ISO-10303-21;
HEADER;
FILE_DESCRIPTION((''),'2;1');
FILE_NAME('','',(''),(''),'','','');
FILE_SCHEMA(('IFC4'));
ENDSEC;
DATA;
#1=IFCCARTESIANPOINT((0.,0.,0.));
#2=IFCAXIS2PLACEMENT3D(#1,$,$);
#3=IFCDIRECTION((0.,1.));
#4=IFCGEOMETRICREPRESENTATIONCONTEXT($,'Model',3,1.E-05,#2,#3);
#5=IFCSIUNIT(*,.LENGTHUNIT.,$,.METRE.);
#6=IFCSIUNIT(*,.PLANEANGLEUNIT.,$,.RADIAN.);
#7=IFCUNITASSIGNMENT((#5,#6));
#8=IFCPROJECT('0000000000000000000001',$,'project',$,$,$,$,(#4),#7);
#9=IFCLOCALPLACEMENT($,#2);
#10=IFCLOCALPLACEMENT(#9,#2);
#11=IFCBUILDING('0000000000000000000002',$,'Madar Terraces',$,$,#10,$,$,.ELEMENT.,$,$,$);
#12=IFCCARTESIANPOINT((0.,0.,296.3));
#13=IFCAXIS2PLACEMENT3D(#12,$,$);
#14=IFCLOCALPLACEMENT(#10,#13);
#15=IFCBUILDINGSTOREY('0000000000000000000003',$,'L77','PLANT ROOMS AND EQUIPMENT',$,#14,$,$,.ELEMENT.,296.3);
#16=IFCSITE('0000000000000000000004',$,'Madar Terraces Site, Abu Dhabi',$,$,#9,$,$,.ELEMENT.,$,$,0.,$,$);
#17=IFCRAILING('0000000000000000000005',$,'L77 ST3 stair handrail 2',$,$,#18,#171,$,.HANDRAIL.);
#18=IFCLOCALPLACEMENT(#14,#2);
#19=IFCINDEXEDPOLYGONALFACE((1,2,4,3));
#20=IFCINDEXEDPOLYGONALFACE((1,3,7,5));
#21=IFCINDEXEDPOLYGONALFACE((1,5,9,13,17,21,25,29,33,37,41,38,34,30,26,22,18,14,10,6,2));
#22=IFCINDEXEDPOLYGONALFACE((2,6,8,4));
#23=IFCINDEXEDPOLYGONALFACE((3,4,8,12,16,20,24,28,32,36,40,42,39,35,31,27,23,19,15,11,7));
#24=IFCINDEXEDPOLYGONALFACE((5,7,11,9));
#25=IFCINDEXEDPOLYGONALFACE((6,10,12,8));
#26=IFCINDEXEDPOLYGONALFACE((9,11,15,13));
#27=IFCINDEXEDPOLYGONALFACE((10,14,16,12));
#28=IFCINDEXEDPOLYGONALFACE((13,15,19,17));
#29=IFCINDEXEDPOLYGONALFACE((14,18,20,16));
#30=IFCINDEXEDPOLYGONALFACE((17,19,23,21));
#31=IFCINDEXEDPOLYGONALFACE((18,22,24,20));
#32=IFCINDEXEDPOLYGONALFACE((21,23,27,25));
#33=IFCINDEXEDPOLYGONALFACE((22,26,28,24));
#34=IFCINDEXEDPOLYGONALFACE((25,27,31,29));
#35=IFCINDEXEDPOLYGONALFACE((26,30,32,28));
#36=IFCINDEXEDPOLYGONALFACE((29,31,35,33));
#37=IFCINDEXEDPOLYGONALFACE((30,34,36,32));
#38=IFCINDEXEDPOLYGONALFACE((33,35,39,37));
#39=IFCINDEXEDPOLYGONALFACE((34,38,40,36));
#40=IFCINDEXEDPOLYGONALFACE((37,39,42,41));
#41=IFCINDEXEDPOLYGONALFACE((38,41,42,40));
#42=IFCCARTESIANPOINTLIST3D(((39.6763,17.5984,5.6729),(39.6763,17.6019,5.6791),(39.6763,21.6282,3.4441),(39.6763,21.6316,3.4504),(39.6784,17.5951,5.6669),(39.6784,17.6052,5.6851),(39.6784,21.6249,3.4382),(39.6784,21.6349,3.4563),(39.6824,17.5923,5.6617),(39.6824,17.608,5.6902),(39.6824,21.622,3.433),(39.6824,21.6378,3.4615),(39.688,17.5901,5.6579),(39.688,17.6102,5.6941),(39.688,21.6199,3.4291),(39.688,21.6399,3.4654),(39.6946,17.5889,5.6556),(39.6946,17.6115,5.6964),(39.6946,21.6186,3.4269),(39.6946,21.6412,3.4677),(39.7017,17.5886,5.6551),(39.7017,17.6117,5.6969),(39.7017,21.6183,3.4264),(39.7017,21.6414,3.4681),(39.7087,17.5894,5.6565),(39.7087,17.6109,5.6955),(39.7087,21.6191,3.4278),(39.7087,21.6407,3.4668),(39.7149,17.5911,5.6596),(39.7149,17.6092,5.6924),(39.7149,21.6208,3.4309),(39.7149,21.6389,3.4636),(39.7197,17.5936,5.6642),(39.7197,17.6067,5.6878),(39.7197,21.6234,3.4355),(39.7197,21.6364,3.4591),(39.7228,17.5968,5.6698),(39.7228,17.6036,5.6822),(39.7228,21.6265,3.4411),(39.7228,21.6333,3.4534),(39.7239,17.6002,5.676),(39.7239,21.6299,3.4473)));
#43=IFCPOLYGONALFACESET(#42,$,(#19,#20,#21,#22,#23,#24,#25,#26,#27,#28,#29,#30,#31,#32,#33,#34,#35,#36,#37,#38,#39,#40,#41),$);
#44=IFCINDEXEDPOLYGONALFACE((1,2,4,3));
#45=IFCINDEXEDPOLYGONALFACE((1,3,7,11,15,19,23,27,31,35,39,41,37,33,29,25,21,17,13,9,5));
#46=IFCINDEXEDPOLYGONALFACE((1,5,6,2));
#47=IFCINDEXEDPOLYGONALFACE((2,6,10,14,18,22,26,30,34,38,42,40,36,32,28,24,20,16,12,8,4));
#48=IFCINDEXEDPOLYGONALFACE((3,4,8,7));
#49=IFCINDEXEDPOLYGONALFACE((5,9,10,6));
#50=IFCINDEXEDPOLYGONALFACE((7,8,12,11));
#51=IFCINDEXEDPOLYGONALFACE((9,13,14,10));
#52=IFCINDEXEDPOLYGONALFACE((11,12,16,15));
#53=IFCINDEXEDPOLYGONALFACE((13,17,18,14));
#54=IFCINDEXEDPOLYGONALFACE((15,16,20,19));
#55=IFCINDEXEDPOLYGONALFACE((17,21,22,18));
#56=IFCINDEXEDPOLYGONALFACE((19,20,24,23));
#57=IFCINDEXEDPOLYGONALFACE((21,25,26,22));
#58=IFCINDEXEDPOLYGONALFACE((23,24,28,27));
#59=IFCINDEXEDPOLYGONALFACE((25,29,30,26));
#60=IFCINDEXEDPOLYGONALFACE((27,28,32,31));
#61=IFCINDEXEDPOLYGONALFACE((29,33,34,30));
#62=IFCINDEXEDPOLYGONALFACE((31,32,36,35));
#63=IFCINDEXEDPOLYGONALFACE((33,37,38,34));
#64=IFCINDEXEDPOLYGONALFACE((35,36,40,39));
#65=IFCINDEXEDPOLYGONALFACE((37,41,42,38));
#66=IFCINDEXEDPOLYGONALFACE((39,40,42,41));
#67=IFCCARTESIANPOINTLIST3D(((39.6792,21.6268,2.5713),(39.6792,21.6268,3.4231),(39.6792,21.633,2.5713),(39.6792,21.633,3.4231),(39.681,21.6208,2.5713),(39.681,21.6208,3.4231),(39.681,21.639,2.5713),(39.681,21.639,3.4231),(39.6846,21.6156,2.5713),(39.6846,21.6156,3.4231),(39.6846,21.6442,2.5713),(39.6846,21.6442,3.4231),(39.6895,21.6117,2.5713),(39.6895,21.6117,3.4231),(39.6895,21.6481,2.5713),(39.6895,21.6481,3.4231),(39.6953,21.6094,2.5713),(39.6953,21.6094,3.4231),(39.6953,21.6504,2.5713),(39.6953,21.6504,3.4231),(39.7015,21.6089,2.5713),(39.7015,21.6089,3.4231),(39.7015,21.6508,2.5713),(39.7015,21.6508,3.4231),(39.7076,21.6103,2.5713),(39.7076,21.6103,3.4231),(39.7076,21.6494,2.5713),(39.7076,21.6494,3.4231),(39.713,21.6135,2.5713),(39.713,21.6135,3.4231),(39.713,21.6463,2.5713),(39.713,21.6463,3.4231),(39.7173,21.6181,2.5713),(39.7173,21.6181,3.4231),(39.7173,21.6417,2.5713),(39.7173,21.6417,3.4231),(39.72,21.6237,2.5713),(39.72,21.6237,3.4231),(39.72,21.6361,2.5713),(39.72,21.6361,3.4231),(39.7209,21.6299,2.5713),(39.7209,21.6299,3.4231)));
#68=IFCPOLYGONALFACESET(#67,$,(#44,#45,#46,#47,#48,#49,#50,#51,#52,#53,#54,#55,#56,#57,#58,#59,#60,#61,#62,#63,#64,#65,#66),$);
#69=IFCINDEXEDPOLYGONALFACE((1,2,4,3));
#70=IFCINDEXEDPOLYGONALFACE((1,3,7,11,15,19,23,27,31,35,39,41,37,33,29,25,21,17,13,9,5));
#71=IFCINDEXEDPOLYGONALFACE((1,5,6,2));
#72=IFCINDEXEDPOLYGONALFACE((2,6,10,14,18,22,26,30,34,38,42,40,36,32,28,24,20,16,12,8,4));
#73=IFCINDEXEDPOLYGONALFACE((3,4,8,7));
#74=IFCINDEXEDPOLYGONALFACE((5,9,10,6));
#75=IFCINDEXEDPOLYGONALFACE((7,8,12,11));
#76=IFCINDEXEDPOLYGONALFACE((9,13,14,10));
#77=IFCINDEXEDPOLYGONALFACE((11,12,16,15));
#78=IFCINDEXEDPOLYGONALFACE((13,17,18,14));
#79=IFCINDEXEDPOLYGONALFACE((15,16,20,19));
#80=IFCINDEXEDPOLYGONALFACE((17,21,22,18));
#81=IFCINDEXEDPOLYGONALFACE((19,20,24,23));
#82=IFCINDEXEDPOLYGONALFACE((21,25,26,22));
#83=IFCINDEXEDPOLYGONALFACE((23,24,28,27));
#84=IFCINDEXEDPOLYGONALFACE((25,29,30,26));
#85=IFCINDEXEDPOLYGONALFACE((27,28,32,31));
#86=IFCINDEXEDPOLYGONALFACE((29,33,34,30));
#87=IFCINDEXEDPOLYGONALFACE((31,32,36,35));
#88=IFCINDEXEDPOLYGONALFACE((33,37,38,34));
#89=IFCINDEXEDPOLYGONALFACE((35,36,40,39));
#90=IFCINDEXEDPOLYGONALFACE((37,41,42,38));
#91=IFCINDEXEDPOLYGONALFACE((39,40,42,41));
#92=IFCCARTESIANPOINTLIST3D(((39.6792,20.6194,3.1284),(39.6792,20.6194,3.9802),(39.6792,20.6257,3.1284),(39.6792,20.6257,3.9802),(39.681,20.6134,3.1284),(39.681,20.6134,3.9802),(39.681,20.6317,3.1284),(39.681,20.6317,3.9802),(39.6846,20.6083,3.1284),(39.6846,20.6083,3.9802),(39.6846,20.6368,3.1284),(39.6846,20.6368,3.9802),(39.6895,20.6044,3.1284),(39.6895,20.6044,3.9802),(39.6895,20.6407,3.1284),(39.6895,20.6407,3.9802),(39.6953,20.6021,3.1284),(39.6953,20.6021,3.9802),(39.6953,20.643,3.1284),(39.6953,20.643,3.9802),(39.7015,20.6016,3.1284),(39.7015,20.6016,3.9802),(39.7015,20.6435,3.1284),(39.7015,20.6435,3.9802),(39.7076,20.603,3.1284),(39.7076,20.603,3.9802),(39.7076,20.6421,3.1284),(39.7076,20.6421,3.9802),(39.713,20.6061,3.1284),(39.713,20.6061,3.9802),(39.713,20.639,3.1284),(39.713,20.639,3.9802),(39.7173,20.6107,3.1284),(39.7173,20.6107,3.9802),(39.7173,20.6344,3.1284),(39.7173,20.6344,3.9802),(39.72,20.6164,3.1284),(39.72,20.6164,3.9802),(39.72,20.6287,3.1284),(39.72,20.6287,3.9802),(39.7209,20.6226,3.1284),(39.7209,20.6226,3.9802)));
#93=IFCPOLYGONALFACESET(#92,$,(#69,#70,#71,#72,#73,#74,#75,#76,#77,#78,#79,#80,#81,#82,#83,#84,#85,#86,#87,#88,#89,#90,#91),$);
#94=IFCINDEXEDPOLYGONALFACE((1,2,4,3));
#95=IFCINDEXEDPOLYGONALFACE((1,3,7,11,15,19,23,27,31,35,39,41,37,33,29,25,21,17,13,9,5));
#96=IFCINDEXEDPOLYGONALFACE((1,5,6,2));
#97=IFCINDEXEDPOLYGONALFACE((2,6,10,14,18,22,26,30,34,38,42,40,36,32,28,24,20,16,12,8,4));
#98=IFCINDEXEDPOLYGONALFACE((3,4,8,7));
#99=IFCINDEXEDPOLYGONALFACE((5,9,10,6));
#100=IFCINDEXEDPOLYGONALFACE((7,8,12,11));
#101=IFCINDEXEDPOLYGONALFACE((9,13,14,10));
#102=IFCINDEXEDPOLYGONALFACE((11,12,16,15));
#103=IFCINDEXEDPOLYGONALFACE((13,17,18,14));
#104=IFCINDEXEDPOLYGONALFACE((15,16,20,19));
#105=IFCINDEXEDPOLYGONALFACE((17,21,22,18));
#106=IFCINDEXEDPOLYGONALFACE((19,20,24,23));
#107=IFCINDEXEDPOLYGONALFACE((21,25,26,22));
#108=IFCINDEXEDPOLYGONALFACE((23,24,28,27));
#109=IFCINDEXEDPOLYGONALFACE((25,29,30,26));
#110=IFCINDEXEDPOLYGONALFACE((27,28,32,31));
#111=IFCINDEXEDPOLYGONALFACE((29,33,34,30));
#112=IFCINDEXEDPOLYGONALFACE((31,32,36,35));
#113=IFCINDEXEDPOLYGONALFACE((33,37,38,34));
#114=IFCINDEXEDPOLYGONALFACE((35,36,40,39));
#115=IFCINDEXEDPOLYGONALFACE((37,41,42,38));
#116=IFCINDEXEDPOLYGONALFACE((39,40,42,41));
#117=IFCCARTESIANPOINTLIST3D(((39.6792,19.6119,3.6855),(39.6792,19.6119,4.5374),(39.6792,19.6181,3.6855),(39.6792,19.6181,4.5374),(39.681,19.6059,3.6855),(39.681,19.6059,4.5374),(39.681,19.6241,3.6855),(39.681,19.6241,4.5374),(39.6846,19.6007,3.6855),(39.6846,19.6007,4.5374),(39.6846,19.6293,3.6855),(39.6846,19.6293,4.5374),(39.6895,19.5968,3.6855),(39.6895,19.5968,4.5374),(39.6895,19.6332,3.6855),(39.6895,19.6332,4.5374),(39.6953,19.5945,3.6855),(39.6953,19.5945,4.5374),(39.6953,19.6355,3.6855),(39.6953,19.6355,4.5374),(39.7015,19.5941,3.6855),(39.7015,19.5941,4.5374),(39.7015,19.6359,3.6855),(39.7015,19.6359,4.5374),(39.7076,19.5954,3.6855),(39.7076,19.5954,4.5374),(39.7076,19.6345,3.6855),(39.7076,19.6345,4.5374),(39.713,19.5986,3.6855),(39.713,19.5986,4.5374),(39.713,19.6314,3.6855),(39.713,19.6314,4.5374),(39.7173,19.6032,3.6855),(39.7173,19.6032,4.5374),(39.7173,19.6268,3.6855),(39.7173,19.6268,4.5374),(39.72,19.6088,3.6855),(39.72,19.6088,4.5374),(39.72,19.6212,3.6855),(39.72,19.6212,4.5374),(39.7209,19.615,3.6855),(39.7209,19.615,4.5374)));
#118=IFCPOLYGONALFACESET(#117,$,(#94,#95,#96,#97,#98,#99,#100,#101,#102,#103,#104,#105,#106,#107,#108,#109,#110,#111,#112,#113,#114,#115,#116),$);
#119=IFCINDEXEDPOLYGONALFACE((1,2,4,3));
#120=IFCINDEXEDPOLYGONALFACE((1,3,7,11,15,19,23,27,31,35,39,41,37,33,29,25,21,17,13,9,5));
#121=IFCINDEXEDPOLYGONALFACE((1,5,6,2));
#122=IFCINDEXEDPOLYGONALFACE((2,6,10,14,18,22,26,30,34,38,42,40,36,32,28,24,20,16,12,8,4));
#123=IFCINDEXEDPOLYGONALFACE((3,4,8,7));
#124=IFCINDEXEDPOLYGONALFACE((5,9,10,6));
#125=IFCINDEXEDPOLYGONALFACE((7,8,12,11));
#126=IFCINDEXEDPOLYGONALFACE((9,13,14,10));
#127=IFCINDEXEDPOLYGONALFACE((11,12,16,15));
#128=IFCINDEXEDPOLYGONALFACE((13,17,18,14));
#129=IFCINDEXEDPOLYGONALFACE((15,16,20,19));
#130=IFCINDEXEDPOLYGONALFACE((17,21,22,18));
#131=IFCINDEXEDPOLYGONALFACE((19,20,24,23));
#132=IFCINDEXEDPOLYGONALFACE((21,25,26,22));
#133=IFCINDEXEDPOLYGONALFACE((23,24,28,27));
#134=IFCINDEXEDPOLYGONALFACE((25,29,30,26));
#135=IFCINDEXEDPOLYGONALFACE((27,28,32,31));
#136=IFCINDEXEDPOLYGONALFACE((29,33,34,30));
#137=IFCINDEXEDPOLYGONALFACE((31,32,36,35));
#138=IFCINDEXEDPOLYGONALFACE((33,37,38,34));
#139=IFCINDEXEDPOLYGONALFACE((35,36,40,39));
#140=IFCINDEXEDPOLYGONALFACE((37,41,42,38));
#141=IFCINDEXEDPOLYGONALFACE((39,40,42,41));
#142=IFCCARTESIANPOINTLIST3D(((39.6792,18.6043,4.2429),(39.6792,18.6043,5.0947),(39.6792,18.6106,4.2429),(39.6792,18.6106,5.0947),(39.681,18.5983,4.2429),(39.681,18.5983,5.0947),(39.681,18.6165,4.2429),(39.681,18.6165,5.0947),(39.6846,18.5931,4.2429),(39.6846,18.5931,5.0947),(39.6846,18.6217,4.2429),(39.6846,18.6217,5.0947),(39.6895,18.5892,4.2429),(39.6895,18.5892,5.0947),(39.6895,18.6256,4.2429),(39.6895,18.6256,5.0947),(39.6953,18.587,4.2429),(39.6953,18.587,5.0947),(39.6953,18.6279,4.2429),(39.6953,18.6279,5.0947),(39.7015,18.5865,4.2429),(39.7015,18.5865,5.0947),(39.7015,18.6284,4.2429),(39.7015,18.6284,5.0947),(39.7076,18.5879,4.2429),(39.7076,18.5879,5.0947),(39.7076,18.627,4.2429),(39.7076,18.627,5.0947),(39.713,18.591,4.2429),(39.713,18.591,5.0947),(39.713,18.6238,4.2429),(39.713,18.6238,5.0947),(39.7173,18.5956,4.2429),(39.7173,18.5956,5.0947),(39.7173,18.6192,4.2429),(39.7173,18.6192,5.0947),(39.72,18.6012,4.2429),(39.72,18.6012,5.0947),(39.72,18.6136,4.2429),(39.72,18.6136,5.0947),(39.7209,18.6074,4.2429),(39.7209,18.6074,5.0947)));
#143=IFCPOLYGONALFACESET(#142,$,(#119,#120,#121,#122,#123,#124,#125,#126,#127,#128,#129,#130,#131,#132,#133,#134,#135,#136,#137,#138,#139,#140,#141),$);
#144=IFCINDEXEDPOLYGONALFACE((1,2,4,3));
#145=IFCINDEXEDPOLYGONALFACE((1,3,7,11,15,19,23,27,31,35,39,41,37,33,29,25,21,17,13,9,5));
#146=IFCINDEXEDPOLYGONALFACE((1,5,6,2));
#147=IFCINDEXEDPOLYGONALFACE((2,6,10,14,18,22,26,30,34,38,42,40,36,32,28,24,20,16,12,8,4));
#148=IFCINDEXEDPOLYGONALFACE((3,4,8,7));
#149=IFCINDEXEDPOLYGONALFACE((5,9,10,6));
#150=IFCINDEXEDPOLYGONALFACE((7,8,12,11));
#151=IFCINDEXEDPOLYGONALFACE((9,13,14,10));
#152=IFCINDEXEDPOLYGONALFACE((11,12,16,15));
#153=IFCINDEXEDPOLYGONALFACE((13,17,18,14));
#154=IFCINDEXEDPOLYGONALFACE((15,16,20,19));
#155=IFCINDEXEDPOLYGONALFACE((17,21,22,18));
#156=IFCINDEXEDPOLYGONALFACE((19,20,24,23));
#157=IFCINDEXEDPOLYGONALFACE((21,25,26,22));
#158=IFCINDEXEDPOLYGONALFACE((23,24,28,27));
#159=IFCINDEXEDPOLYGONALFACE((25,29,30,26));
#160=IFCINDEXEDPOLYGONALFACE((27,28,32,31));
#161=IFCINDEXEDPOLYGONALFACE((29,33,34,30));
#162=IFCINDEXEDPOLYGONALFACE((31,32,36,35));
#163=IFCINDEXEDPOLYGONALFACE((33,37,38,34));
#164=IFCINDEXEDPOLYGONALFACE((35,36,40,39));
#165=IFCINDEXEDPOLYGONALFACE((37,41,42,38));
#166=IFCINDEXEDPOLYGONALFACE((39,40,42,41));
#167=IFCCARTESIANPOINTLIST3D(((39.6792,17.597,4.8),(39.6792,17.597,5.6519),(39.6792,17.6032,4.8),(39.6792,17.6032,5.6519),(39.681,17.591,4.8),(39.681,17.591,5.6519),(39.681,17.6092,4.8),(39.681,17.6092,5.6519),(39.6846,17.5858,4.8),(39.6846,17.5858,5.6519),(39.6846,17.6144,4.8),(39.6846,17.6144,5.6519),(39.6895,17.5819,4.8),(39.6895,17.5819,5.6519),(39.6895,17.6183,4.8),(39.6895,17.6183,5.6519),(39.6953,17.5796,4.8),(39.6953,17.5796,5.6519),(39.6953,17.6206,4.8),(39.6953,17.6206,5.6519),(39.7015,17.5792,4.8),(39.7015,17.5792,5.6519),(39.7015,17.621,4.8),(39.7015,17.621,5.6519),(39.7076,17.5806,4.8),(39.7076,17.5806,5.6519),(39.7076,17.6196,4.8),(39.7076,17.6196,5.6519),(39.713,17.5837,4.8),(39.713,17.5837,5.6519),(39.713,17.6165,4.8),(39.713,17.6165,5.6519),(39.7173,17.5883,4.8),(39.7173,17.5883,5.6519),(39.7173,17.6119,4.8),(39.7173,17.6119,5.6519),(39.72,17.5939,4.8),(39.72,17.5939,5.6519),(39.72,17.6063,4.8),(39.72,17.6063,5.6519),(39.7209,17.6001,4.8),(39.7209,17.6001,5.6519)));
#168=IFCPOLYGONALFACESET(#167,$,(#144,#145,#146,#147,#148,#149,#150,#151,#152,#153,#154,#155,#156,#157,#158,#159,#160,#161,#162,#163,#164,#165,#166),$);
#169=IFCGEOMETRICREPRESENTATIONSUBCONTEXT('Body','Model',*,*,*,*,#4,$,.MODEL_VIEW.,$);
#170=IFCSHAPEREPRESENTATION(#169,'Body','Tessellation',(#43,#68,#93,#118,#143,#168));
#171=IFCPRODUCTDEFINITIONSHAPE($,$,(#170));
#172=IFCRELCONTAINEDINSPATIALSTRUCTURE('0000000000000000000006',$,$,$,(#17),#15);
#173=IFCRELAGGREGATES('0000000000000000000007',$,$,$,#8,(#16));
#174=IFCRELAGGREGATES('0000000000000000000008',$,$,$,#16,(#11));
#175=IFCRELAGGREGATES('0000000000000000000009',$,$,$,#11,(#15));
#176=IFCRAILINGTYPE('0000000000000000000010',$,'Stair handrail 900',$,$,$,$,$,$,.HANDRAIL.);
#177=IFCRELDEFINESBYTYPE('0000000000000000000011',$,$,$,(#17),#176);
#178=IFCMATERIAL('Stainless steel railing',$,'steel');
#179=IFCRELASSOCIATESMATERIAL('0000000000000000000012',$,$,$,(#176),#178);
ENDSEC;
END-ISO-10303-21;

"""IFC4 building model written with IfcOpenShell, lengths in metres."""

from ifc_helpers import new_model, si_unit, direction, frame, origin, origin_2d, place, context, subcontext, project, spatial, circle, extrude, material, type_object, element, save


model = new_model("IFC4")

# Units and contexts
model_context = context("Model", 3, precision=1e-05, world=origin(), true_north=direction((0.0, 1.0)))
body_context = subcontext(model_context, "Body", "Model", "MODEL_VIEW")
ifc_project = project(units=[si_unit("LENGTHUNIT", "METRE"), si_unit("PLANEANGLEUNIT", "RADIAN")], contexts=[model_context])

# Site, building, storey
site_placement = place(None, origin())
site = spatial("IfcSite", under=ifc_project, at=site_placement, Name="Madar Terraces Site, Abu Dhabi", CompositionType="ELEMENT", RefElevation=0.0)
building_placement = place(site_placement, origin())
building = spatial("IfcBuilding", under=site, at=building_placement, Name="Madar Terraces", CompositionType="ELEMENT")
storey_placement = place(building_placement, frame((0.0, 0.0, 296.3)))
storey = spatial("IfcBuildingStorey", under=building, at=storey_placement, Name="L77", Description="PLANT ROOMS AND EQUIPMENT", CompositionType="ELEMENT", Elevation=296.3)

# Railing
ifc_material_1 = material(Name="Stainless steel railing", Category="steel")
railing_type_1 = type_object("IfcRailingType", Name="Stair handrail 900", PredefinedType="HANDRAIL", material=ifc_material_1)
railing_1_placement = place(storey_placement, frame((39.7, 21.6299, 2.5713)))
element("IfcRailing", 1, at=railing_1_placement, inside=storey, type_object=railing_type_1, Name="L77 ST3 stair handrail 2", PredefinedType="HANDRAIL", context=body_context, shape_type="SweptSolid", body=[
    extrude(circle(Radius=0.0239, at=origin_2d()), frame((0.0, 0.0, 0.876), z_axis=(0.0, -0.875078, 0.483981), x_axis=(1.0, 0.0, 0.0)), (0.0, 0.0, 1.0), 4.605),
    extrude(circle(Radius=0.021, at=origin_2d()), origin(), (0.0, 0.0, 1.0), 0.8518),
    extrude(circle(Radius=0.021, at=origin_2d()), frame((0.0, -1.0073, 0.5571)), (0.0, 0.0, 1.0), 0.8518),
    extrude(circle(Radius=0.021, at=origin_2d()), frame((0.0, -2.0149, 1.1143)), (0.0, 0.0, 1.0), 0.8518),
    extrude(circle(Radius=0.021, at=origin_2d()), frame((0.0, -3.0225, 1.6716)), (0.0, 0.0, 1.0), 0.8518),
    extrude(circle(Radius=0.021, at=origin_2d()), frame((0.0, -4.0298, 2.2288)), (0.0, 0.0, 1.0), 0.8518),
])

save(model, "model.ifc")
